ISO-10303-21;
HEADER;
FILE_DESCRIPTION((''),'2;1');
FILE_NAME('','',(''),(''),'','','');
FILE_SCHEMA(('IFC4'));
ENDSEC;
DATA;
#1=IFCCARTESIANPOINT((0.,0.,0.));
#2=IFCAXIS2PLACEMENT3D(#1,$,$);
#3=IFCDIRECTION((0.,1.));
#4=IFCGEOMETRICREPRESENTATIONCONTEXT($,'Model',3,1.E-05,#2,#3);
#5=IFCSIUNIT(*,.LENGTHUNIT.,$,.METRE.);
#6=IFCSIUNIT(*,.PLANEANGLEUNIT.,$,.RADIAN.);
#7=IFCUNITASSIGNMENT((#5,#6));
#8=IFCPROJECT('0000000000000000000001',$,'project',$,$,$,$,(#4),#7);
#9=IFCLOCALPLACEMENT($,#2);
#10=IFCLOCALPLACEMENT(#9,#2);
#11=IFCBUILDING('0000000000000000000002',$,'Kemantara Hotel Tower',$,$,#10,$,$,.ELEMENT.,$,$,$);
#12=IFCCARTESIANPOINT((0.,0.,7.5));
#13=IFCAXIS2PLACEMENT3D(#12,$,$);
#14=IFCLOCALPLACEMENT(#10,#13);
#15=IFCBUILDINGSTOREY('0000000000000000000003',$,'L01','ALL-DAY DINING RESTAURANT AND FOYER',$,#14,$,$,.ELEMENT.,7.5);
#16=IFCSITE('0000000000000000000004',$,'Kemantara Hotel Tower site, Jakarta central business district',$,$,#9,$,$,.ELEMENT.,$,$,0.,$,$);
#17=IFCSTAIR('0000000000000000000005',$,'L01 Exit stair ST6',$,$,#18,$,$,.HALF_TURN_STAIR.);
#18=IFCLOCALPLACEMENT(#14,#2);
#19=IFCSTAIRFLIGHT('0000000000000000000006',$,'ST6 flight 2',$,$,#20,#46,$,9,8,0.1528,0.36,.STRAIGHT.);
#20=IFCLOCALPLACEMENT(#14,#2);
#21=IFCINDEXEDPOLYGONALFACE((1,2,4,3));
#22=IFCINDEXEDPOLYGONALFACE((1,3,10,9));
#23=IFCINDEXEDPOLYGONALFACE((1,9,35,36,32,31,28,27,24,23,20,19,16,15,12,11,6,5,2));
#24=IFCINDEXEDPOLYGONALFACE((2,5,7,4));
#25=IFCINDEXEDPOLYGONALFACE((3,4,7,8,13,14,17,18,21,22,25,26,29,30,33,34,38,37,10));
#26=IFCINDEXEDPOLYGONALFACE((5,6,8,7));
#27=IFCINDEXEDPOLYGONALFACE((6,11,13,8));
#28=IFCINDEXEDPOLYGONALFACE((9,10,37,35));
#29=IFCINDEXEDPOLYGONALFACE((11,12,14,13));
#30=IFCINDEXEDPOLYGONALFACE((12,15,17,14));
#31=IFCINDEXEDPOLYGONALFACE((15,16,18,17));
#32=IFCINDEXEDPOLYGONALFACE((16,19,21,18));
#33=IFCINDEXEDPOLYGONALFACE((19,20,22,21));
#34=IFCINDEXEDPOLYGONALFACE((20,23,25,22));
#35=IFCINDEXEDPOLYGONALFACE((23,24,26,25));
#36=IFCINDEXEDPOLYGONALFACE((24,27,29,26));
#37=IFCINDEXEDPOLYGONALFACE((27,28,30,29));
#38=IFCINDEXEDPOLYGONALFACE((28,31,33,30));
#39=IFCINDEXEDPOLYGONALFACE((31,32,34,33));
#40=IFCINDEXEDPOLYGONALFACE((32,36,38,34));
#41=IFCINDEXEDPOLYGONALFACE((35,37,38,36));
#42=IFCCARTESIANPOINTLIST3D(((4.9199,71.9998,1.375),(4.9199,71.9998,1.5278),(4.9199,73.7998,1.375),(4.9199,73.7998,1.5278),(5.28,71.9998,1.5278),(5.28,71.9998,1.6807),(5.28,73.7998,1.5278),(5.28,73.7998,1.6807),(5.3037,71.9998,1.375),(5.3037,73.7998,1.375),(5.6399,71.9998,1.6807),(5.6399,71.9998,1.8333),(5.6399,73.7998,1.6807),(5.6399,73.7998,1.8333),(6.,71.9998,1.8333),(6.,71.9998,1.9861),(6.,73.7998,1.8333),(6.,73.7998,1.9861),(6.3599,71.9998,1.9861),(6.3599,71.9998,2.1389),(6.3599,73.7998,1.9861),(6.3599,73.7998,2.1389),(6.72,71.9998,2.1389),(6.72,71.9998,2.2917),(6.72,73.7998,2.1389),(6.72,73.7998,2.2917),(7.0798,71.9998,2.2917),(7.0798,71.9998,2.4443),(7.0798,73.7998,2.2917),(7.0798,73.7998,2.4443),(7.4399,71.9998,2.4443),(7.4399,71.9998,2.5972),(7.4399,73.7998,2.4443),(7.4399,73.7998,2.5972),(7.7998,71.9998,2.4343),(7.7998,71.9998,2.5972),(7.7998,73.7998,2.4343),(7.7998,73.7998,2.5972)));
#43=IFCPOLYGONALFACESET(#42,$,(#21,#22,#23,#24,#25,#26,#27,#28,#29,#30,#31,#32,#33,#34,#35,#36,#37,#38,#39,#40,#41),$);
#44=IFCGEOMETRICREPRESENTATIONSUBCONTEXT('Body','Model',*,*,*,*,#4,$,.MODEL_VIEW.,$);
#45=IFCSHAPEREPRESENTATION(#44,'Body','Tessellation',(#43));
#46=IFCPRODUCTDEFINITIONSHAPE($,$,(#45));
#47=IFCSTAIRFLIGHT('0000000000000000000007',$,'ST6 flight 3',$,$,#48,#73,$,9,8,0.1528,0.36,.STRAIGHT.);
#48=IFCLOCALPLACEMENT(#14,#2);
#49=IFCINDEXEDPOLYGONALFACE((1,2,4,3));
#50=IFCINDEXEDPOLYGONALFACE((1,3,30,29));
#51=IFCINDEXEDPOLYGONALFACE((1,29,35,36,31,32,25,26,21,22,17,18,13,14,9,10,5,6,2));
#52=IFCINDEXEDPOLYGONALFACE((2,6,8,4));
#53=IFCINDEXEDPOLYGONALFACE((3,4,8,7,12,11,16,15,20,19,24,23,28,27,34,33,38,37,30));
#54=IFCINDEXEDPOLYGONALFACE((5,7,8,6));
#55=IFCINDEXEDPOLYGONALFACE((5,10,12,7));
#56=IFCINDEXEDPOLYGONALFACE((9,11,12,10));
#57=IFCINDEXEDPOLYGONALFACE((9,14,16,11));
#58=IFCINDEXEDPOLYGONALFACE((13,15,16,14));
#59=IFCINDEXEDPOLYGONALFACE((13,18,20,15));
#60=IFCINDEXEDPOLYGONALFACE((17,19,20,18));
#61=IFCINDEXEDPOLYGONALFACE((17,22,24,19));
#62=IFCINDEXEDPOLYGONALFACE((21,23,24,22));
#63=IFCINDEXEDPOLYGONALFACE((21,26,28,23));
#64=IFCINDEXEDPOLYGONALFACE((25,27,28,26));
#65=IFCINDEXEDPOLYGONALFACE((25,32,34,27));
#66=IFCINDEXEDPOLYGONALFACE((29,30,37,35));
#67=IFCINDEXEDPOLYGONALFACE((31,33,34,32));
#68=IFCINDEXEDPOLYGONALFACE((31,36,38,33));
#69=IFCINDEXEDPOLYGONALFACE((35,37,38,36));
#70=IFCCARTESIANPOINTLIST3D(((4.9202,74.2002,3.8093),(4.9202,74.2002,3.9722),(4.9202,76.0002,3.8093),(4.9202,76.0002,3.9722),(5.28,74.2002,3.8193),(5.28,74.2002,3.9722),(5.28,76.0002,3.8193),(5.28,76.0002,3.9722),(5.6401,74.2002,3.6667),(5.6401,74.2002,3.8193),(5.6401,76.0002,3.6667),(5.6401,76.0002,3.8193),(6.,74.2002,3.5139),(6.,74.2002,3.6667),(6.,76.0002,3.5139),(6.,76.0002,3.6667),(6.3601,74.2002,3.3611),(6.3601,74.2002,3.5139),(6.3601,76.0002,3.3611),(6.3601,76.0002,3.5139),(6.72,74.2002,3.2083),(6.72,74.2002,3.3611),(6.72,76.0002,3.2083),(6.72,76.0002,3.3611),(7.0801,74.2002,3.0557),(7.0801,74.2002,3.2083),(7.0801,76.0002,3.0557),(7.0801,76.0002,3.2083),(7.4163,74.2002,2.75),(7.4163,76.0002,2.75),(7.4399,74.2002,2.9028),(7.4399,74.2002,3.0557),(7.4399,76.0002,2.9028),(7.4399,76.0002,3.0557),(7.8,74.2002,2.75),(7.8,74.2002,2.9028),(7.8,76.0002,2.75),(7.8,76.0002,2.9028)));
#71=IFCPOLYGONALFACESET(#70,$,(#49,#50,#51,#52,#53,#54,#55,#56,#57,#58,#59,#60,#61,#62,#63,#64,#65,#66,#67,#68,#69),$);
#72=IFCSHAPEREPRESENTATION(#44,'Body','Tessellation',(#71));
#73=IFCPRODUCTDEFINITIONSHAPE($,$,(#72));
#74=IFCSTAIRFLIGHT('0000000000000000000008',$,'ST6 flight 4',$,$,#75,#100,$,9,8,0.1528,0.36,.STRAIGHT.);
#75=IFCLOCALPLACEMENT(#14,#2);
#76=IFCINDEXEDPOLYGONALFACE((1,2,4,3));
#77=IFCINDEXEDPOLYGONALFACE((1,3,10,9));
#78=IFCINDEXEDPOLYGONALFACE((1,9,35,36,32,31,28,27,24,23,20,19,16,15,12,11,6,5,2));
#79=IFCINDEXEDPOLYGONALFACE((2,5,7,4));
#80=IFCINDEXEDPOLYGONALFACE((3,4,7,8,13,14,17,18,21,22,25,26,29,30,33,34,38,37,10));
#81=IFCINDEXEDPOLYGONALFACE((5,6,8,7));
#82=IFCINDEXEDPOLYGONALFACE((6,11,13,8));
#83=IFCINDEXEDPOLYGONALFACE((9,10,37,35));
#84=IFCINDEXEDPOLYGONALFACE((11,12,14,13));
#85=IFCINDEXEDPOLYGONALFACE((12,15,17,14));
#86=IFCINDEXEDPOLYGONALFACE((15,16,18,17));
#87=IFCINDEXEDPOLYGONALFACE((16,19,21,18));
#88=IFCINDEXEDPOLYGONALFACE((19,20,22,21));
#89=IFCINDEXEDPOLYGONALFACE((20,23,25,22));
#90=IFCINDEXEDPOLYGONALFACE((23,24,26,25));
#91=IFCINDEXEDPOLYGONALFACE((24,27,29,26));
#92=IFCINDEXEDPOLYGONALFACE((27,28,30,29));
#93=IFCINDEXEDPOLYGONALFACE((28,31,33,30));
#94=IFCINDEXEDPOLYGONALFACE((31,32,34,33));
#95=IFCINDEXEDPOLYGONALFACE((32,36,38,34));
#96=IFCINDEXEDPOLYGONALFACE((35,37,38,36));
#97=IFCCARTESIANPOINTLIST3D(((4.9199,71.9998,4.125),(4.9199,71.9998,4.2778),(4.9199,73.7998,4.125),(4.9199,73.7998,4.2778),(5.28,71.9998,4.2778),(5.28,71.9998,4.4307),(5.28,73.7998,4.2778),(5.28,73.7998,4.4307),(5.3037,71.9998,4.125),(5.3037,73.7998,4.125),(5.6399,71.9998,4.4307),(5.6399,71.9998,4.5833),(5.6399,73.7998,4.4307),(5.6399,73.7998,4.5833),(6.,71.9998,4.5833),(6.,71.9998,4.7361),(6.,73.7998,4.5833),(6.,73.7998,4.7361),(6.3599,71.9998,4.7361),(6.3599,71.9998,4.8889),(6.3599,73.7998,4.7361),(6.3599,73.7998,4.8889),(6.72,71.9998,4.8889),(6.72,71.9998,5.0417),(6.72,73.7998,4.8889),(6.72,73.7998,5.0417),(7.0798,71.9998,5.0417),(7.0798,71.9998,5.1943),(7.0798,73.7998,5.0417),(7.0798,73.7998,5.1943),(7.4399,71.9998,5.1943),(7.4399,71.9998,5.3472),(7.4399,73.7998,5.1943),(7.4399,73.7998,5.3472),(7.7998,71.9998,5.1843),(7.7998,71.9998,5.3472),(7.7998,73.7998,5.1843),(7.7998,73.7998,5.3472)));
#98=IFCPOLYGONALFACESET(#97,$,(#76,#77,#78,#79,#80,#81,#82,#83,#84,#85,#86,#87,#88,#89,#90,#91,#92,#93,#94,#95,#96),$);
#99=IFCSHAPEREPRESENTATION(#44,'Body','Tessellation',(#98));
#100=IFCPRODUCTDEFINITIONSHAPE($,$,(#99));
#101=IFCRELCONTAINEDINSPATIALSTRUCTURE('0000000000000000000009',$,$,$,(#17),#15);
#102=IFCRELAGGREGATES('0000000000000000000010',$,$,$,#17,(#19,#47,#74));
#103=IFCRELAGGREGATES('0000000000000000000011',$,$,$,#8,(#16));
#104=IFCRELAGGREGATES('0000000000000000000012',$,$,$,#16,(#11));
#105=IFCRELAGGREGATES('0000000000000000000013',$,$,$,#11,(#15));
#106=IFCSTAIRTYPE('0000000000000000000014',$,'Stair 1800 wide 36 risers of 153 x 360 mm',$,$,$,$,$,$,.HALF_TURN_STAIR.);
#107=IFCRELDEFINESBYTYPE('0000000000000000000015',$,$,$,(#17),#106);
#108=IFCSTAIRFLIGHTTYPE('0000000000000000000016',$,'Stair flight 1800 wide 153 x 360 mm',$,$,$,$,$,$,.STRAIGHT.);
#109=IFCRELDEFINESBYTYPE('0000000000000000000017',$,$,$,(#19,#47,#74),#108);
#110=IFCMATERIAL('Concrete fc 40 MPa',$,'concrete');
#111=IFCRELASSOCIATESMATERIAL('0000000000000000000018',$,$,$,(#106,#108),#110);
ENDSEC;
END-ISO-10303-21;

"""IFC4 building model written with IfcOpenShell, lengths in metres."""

from ifc_helpers import new_model, si_unit, direction, frame, origin, place, context, subcontext, project, spatial, polyline, outline, extrude, material, type_object, element, aggregate, save


model = new_model("IFC4")

# Units and contexts
model_context = context("Model", 3, precision=1e-05, world=origin(), true_north=direction((0.0, 1.0)))
body_context = subcontext(model_context, "Body", "Model", "MODEL_VIEW")
ifc_project = project(units=[si_unit("LENGTHUNIT", "METRE"), si_unit("PLANEANGLEUNIT", "RADIAN")], contexts=[model_context])

# Site, building, storey
site_placement = place(None, origin())
site = spatial("IfcSite", under=ifc_project, at=site_placement, Name="Kemantara Hotel Tower site, Jakarta central business district", CompositionType="ELEMENT", RefElevation=0.0)
building_placement = place(site_placement, origin())
building = spatial("IfcBuilding", under=site, at=building_placement, Name="Kemantara Hotel Tower", CompositionType="ELEMENT")
storey_placement = place(building_placement, frame((0.0, 0.0, 7.5)))
storey = spatial("IfcBuildingStorey", under=building, at=storey_placement, Name="L01", Description="ALL-DAY DINING RESTAURANT AND FOYER", CompositionType="ELEMENT", Elevation=7.5)

# Shared definitions
ifc_material_1 = material(Name="Concrete fc 40 MPa", Category="concrete")

# Stair, stair flights
stair_type = type_object("IfcStairType", Name="Stair 1800 wide 36 risers of 153 x 360 mm", PredefinedType="HALF_TURN_STAIR", material=ifc_material_1)
stair_placement = place(storey_placement, origin())
stair = element("IfcStair", 1, at=stair_placement, inside=storey, type_object=stair_type, Name="L01 Exit stair ST6", PredefinedType="HALF_TURN_STAIR")
stair_flight_type = type_object("IfcStairFlightType", Name="Stair flight 1800 wide 153 x 360 mm", PredefinedType="STRAIGHT", material=ifc_material_1)
stair_flight_1_placement = place(storey_placement, frame((4.9199, 72.8999, 1.375), z_axis=(0.0, 0.0, 1.0), x_axis=(1.0, 0.0, 0.0)))
stair_flight_1 = element("IfcStairFlight", 2, at=stair_flight_1_placement, type_object=stair_flight_type, Name="ST6 flight 2", NumberOfRisers=9, NumberOfTreads=8, PredefinedType="STRAIGHT", RiserHeight=0.1528, TreadLength=0.36, context=body_context, shape_type="SweptSolid", body=[
    extrude(outline(polyline([(0.0, 0.0), (0.0, 0.1528), (0.3601, 0.1528), (0.3601, 0.3057), (0.72, 0.3057), (0.72, 0.4583), (1.0801, 0.4583), (1.0801, 0.6111), (1.4399, 0.6111), (1.4399, 0.7639), (1.8, 0.7639), (1.8, 0.9167), (2.1599, 0.9167), (2.1599, 1.0693), (2.52, 1.0693), (2.52, 1.2222), (2.8799, 1.2222), (2.8799, 1.375), (2.8799, 1.0593), (0.3838, 0.0), (0.0, 0.0)])), frame((0.0, 0.8999, 0.0), z_axis=(0.0, -1.0, 0.0), x_axis=(1.0, 0.0, 0.0)), (0.0, 0.0, 1.0), 1.8),
])
stair_flight_2_placement = place(storey_placement, frame((7.8, 75.1001, 2.75), z_axis=(0.0, 0.0, 1.0), x_axis=(-1.0, 0.0, 0.0)))
stair_flight_2 = element("IfcStairFlight", 3, at=stair_flight_2_placement, type_object=stair_flight_type, Name="ST6 flight 3", NumberOfRisers=9, NumberOfTreads=8, PredefinedType="STRAIGHT", RiserHeight=0.1528, TreadLength=0.36, context=body_context, shape_type="SweptSolid", body=[
    extrude(outline(polyline([(0.0, 0.0), (0.0, 0.1528), (0.3601, 0.1528), (0.3601, 0.3057), (0.72, 0.3057), (0.72, 0.4583), (1.0801, 0.4583), (1.0801, 0.6111), (1.4399, 0.6111), (1.4399, 0.7639), (1.8, 0.7639), (1.8, 0.9167), (2.1599, 0.9167), (2.1599, 1.0693), (2.52, 1.0693), (2.52, 1.2222), (2.8799, 1.2222), (2.8799, 1.375), (2.8799, 1.0593), (0.3838, 0.0), (0.0, 0.0)])), frame((0.0, 0.8999, 0.0), z_axis=(0.0, -1.0, 0.0), x_axis=(1.0, 0.0, 0.0)), (0.0, 0.0, 1.0), 1.8),
])
stair_flight_3_placement = place(storey_placement, frame((4.9199, 72.8999, 4.125), z_axis=(0.0, 0.0, 1.0), x_axis=(1.0, 0.0, 0.0)))
stair_flight_3 = element("IfcStairFlight", 4, at=stair_flight_3_placement, type_object=stair_flight_type, Name="ST6 flight 4", NumberOfRisers=9, NumberOfTreads=8, PredefinedType="STRAIGHT", RiserHeight=0.1528, TreadLength=0.36, context=body_context, shape_type="SweptSolid", body=[
    extrude(outline(polyline([(0.0, 0.0), (0.0, 0.1528), (0.3601, 0.1528), (0.3601, 0.3057), (0.72, 0.3057), (0.72, 0.4583), (1.0801, 0.4583), (1.0801, 0.6111), (1.4399, 0.6111), (1.4399, 0.7639), (1.8, 0.7639), (1.8, 0.9167), (2.1599, 0.9167), (2.1599, 1.0693), (2.52, 1.0693), (2.52, 1.2222), (2.8799, 1.2222), (2.8799, 1.375), (2.8799, 1.0593), (0.3838, 0.0), (0.0, 0.0)])), frame((0.0, 0.8999, 0.0), z_axis=(0.0, -1.0, 0.0), x_axis=(1.0, 0.0, 0.0)), (0.0, 0.0, 1.0), 1.8),
])
aggregate(stair, [stair_flight_1, stair_flight_2, stair_flight_3])

save(model, "model.ifc")
